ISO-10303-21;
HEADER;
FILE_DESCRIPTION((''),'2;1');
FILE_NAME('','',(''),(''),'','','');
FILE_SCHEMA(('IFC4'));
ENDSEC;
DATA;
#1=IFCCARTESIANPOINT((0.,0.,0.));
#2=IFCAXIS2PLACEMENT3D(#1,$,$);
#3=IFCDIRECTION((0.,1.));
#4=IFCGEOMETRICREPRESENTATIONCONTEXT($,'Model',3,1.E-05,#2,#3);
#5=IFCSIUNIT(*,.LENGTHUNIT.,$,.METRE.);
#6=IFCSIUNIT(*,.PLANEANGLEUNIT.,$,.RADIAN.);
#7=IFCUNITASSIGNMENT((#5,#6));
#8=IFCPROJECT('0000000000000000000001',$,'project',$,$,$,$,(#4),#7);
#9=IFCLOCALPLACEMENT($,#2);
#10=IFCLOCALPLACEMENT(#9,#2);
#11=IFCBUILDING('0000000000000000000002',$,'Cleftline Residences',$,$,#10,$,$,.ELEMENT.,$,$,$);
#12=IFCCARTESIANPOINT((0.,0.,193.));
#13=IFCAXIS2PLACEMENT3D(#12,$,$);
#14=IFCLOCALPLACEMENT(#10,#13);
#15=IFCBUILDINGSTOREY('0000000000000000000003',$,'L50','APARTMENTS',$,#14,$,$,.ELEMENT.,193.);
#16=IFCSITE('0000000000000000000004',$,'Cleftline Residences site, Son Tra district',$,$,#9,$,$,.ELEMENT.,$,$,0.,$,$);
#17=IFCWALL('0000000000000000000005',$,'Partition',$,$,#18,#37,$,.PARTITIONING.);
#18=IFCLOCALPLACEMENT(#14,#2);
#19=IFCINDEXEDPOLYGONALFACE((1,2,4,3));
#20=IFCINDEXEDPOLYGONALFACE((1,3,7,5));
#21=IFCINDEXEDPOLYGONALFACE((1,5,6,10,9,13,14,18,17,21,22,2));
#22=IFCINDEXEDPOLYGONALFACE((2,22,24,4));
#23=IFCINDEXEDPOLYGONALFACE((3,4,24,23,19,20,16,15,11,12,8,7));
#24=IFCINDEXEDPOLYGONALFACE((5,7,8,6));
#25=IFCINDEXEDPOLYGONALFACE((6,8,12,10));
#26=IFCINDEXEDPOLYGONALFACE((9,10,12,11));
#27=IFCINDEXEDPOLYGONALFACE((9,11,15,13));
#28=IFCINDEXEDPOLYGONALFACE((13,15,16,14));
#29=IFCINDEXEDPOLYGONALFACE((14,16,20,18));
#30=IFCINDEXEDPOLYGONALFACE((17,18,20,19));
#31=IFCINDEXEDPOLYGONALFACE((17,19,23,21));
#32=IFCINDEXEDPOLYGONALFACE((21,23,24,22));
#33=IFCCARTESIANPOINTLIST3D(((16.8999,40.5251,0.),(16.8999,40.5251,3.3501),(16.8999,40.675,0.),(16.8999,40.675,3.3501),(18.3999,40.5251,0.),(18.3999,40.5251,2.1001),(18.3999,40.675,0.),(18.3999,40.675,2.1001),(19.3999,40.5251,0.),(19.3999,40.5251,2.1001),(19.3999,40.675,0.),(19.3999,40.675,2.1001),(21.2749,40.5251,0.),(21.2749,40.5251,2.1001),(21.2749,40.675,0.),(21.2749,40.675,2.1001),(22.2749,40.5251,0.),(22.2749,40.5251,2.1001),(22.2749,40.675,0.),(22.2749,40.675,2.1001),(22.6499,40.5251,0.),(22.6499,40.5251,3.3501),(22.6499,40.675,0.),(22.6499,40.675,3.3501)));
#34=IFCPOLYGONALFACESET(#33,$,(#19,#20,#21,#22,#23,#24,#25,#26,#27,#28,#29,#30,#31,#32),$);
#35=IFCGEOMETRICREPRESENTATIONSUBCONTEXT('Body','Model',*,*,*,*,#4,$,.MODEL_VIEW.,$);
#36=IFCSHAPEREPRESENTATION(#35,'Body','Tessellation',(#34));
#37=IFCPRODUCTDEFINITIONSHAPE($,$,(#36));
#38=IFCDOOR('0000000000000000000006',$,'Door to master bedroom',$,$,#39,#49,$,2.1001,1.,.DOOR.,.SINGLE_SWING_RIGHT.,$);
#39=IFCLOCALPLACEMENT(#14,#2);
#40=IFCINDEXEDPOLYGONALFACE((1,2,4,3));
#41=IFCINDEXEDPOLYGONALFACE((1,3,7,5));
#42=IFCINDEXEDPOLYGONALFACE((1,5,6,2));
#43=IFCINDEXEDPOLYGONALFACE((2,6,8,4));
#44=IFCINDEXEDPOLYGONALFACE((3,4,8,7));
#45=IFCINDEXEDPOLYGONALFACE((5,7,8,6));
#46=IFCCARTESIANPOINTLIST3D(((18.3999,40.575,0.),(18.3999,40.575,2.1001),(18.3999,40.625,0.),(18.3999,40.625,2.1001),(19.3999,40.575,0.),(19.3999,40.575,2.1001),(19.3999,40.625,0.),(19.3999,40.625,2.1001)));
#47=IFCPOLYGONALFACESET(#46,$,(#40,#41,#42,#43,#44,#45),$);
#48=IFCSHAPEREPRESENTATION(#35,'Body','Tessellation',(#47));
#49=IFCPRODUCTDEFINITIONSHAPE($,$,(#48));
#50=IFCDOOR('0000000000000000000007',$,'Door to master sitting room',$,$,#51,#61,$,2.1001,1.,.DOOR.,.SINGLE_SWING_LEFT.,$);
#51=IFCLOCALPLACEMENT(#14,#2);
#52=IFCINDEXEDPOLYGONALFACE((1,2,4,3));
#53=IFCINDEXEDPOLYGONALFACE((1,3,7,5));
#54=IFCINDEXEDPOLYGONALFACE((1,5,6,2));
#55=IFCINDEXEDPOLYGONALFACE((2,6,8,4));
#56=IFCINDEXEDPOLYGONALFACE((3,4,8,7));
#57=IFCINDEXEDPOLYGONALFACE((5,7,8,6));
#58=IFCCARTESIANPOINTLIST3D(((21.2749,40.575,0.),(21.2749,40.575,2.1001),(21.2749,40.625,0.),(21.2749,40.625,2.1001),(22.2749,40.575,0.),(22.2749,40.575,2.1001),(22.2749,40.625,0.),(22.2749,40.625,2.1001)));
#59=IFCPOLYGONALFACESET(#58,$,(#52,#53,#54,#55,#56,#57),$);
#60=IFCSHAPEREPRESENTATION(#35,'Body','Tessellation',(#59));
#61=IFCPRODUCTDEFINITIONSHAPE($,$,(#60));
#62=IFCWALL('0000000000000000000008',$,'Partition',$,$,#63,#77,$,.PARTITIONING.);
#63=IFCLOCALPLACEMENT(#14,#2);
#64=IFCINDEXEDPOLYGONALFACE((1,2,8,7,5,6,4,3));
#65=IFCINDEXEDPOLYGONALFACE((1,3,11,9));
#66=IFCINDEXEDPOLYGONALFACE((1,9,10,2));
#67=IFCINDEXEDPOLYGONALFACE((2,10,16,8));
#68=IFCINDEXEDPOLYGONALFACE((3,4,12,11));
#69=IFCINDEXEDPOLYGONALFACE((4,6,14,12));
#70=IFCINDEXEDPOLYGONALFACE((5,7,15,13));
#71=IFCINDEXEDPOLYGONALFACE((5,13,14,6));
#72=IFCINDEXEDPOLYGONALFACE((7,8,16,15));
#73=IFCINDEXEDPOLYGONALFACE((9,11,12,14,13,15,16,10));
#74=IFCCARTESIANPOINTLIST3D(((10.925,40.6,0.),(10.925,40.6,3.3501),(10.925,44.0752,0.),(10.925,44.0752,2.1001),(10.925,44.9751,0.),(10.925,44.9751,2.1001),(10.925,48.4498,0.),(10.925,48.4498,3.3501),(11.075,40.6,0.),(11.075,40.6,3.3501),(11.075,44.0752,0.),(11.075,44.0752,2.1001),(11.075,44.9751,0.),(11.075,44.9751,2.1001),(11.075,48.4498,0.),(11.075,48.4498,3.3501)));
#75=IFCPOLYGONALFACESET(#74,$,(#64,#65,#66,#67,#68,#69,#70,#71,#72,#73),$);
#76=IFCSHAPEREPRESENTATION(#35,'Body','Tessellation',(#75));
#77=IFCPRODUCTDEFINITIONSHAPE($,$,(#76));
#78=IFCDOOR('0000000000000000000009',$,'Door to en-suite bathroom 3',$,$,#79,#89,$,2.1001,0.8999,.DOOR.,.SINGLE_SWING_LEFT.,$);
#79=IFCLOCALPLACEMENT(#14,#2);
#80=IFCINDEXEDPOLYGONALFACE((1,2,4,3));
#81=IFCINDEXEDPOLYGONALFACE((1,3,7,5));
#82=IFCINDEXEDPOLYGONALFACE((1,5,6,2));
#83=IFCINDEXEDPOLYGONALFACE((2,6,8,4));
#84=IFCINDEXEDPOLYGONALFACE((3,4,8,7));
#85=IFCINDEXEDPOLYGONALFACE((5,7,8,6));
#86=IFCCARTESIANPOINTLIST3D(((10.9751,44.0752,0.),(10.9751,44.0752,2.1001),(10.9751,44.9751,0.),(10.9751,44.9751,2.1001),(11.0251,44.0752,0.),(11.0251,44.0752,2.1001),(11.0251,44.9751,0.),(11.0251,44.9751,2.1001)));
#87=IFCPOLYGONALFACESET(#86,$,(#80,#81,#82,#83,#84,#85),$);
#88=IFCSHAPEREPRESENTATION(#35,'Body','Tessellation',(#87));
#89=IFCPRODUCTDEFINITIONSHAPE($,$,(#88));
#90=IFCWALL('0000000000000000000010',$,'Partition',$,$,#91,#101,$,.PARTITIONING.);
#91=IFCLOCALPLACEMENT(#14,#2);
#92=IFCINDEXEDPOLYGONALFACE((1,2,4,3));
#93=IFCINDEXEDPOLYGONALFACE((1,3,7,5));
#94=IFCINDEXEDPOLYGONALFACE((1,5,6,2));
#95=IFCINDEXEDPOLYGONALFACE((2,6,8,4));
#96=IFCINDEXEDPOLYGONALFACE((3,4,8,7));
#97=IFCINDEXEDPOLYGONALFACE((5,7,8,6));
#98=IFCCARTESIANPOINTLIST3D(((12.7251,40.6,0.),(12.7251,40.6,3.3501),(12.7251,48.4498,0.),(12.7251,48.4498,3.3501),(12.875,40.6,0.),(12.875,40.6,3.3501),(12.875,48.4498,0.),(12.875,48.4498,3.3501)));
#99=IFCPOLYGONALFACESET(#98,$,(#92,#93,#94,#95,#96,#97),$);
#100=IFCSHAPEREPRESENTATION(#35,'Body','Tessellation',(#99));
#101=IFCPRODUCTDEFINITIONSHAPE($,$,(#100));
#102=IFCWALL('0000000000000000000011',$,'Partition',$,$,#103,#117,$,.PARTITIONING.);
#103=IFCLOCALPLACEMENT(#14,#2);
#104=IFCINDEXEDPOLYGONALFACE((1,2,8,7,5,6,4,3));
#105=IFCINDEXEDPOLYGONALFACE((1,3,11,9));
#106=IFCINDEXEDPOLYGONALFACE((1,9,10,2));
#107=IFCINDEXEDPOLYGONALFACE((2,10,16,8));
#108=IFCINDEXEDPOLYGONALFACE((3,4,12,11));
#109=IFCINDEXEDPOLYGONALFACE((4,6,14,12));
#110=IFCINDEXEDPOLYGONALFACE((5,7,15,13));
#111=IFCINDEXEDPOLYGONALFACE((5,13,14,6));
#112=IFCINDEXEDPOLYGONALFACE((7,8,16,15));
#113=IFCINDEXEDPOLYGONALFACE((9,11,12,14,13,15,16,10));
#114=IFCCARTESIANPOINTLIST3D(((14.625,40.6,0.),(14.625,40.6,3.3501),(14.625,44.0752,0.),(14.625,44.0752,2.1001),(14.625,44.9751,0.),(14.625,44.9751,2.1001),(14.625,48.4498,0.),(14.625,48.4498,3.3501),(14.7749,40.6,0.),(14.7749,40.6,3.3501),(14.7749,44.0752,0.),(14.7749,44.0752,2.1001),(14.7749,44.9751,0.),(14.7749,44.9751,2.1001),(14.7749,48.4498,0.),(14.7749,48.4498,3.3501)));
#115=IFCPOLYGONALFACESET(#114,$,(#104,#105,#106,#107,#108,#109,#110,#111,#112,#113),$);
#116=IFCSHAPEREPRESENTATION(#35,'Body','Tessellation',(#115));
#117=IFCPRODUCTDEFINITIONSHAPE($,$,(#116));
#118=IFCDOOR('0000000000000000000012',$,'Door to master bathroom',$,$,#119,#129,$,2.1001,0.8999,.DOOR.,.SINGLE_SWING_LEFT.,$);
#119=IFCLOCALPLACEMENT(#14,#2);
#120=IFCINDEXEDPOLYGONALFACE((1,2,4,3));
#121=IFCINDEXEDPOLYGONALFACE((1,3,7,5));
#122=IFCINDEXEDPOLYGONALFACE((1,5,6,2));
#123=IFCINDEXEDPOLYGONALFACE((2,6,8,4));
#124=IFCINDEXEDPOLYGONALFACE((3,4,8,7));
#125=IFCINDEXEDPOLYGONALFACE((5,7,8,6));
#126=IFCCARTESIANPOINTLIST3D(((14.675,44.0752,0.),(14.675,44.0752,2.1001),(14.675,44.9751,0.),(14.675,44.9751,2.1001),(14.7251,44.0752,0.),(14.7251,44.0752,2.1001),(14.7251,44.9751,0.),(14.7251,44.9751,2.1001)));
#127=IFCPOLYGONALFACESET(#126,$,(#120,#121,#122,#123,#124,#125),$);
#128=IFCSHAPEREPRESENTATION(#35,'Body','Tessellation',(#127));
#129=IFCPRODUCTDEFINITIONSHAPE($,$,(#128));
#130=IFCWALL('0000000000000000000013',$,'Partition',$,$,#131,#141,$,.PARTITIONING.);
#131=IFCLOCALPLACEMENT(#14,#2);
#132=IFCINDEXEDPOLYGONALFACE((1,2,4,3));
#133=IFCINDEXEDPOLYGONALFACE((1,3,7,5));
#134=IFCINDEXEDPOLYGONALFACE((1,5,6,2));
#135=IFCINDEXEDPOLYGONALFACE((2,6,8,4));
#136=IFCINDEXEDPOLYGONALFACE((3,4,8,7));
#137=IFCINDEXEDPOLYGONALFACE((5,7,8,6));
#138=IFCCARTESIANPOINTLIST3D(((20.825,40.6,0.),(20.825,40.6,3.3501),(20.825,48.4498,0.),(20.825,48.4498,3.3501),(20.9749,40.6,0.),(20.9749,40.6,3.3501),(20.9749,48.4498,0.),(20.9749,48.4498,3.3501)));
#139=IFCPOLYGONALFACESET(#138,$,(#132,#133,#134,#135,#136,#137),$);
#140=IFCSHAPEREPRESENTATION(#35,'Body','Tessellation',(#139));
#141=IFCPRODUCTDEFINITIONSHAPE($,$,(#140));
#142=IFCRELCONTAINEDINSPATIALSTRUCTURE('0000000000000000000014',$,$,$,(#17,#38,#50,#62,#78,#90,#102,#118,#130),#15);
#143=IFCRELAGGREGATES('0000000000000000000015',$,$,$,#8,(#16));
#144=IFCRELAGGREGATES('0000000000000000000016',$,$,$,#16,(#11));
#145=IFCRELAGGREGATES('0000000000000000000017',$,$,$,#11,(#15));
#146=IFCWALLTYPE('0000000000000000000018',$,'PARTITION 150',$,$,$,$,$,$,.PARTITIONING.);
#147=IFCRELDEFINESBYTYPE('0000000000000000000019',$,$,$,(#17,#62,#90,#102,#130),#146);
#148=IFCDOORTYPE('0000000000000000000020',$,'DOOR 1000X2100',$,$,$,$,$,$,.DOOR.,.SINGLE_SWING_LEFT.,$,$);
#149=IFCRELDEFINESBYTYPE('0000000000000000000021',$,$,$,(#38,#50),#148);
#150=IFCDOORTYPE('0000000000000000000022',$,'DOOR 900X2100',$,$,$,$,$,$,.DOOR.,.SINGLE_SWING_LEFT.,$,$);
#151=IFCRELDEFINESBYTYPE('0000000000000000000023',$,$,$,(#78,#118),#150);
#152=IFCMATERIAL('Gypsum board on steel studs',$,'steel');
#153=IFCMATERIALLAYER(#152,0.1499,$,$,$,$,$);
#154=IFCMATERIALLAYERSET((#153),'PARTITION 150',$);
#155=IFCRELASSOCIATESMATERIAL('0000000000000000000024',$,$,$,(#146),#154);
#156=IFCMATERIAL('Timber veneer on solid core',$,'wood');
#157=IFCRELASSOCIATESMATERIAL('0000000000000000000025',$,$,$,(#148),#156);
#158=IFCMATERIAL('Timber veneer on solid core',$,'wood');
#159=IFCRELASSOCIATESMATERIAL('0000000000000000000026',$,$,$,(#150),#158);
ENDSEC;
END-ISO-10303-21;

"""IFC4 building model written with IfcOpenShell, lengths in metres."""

from ifc_helpers import new_model, si_unit, direction, frame, frame_2d, origin, place, context, subcontext, project, spatial, rectangle, extrude, material, layer, layer_set, type_object, element, fill, save


model = new_model("IFC4")

# Units and contexts
model_context = context("Model", 3, precision=1e-05, world=origin(), true_north=direction((0.0, 1.0)))
body_context = subcontext(model_context, "Body", "Model", "MODEL_VIEW")
ifc_project = project(units=[si_unit("LENGTHUNIT", "METRE"), si_unit("PLANEANGLEUNIT", "RADIAN")], contexts=[model_context])

# Site, building, storey
site_placement = place(None, origin())
site = spatial("IfcSite", under=ifc_project, at=site_placement, Name="Cleftline Residences site, Son Tra district", CompositionType="ELEMENT", RefElevation=0.0)
building_placement = place(site_placement, origin())
building = spatial("IfcBuilding", under=site, at=building_placement, Name="Cleftline Residences", CompositionType="ELEMENT")
storey_placement = place(building_placement, frame((0.0, 0.0, 193.0)))
storey = spatial("IfcBuildingStorey", under=building, at=storey_placement, Name="L50", Description="APARTMENTS", CompositionType="ELEMENT", Elevation=193.0)

# Shared definitions
ifc_material_1 = material(Name="Gypsum board on steel studs", Category="steel")
ifc_layer = layer(ifc_material_1, 0.1499)
ifc_layer_set = layer_set([ifc_layer], Name="PARTITION 150")
wall_type = type_object("IfcWallType", Name="PARTITION 150", PredefinedType="PARTITIONING", material=ifc_layer_set)
ifc_material_2 = material(Name="Timber veneer on solid core", Category="wood")
door_type_1 = type_object("IfcDoorType", Name="DOOR 1000X2100", OperationType="SINGLE_SWING_LEFT", PredefinedType="DOOR", material=ifc_material_2)

# Wall, openings, doors
wall_1_placement = place(storey_placement, frame((16.8999, 40.6001, 0.0), z_axis=(0.0, 0.0, 1.0), x_axis=(1.0, 0.0, 0.0)))
wall_1 = element("IfcWall", 1, at=wall_1_placement, inside=storey, type_object=wall_type, Name="Partition", PredefinedType="PARTITIONING", context=body_context, shape_type="SweptSolid", body=[
    extrude(rectangle(XDim=5.75, YDim=0.1499, at=frame_2d((2.875, 0.0))), origin(), (0.0, 0.0, 1.0), 3.3501),
])
opening_1_placement = place(wall_1_placement, frame((1.5, 0.0, 0.0)))
opening_1 = element("IfcOpeningElement", 2, at=opening_1_placement, cuts=wall_1, PredefinedType="OPENING", context=body_context, shape_type="SweptSolid", body=[
    extrude(rectangle(XDim=1.0, YDim=2.1001, at=frame_2d((0.5, 1.05))), frame((0.0, 0.085, 0.0), z_axis=(0.0, -1.0, 0.0), x_axis=(1.0, 0.0, 0.0)), (0.0, 0.0, 1.0), 0.1699),
])
opening_2_placement = place(wall_1_placement, frame((4.375, 0.0, 0.0)))
opening_2 = element("IfcOpeningElement", 3, at=opening_2_placement, cuts=wall_1, PredefinedType="OPENING", context=body_context, shape_type="SweptSolid", body=[
    extrude(rectangle(XDim=1.0, YDim=2.1001, at=frame_2d((0.5, 1.05))), frame((0.0, 0.085, 0.0), z_axis=(0.0, -1.0, 0.0), x_axis=(1.0, 0.0, 0.0)), (0.0, 0.0, 1.0), 0.1699),
])
door_1_placement = place(opening_1_placement, origin())
door_1 = element("IfcDoor", 4, at=door_1_placement, inside=storey, type_object=door_type_1, Name="Door to master bedroom", OperationType="SINGLE_SWING_RIGHT", OverallHeight=2.1001, OverallWidth=1.0, PredefinedType="DOOR", context=body_context, shape_type="SweptSolid", body=[
    extrude(rectangle(XDim=1.0, YDim=2.1001, at=frame_2d((0.5, 1.05))), frame((0.0, 0.0249, 0.0), z_axis=(0.0, -1.0, 0.0), x_axis=(1.0, 0.0, 0.0)), (0.0, 0.0, 1.0), 0.05),
])
fill(opening_1, door_1)
door_2_placement = place(opening_2_placement, origin())
door_2 = element("IfcDoor", 5, at=door_2_placement, inside=storey, type_object=door_type_1, Name="Door to master sitting room", OperationType="SINGLE_SWING_LEFT", OverallHeight=2.1001, OverallWidth=1.0, PredefinedType="DOOR", context=body_context, shape_type="SweptSolid", body=[
    extrude(rectangle(XDim=1.0, YDim=2.1001, at=frame_2d((0.5, 1.05))), frame((0.0, 0.0249, 0.0), z_axis=(0.0, -1.0, 0.0), x_axis=(1.0, 0.0, 0.0)), (0.0, 0.0, 1.0), 0.05),
])
fill(opening_2, door_2)

# Wall, opening, door
wall_2_placement = place(storey_placement, frame((11.0, 40.6001, 0.0), z_axis=(0.0, 0.0, 1.0), x_axis=(0.0, 1.0, 0.0)))
wall_2 = element("IfcWall", 6, at=wall_2_placement, inside=storey, type_object=wall_type, Name="Partition", PredefinedType="PARTITIONING", context=body_context, shape_type="SweptSolid", body=[
    extrude(rectangle(XDim=7.8499, YDim=0.1499, at=frame_2d((3.9248, 0.0))), origin(), (0.0, 0.0, 1.0), 3.3501),
])
opening_3_placement = place(wall_2_placement, frame((3.4751, 0.0, 0.0)))
opening_3 = element("IfcOpeningElement", 7, at=opening_3_placement, cuts=wall_2, PredefinedType="OPENING", context=body_context, shape_type="SweptSolid", body=[
    extrude(rectangle(XDim=0.8999, YDim=2.1001, at=frame_2d((0.45, 1.05))), frame((0.0, 0.085, 0.0), z_axis=(0.0, -1.0, 0.0), x_axis=(1.0, 0.0, 0.0)), (0.0, 0.0, 1.0), 0.1699),
])
ifc_material_3 = material(Name="Timber veneer on solid core", Category="wood")
door_type_2 = type_object("IfcDoorType", Name="DOOR 900X2100", OperationType="SINGLE_SWING_LEFT", PredefinedType="DOOR", material=ifc_material_3)
door_3_placement = place(opening_3_placement, origin())
door_3 = element("IfcDoor", 8, at=door_3_placement, inside=storey, type_object=door_type_2, Name="Door to en-suite bathroom 3", OperationType="SINGLE_SWING_LEFT", OverallHeight=2.1001, OverallWidth=0.8999, PredefinedType="DOOR", context=body_context, shape_type="SweptSolid", body=[
    extrude(rectangle(XDim=0.8999, YDim=2.1001, at=frame_2d((0.45, 1.05))), frame((0.0, 0.0249, 0.0), z_axis=(0.0, -1.0, 0.0), x_axis=(1.0, 0.0, 0.0)), (0.0, 0.0, 1.0), 0.05),
])
fill(opening_3, door_3)

# Wall
wall_3_placement = place(storey_placement, frame((12.8, 40.6001, 0.0), z_axis=(0.0, 0.0, 1.0), x_axis=(0.0, 1.0, 0.0)))
element("IfcWall", 9, at=wall_3_placement, inside=storey, type_object=wall_type, Name="Partition", PredefinedType="PARTITIONING", context=body_context, shape_type="SweptSolid", body=[
    extrude(rectangle(XDim=7.8499, YDim=0.1499, at=frame_2d((3.9248, 0.0))), origin(), (0.0, 0.0, 1.0), 3.3501),
])

# Wall, opening, door
wall_4_placement = place(storey_placement, frame((14.7, 40.6001, 0.0), z_axis=(0.0, 0.0, 1.0), x_axis=(0.0, 1.0, 0.0)))
wall_4 = element("IfcWall", 10, at=wall_4_placement, inside=storey, type_object=wall_type, Name="Partition", PredefinedType="PARTITIONING", context=body_context, shape_type="SweptSolid", body=[
    extrude(rectangle(XDim=7.8499, YDim=0.1499, at=frame_2d((3.9248, 0.0))), origin(), (0.0, 0.0, 1.0), 3.3501),
])
opening_4_placement = place(wall_4_placement, frame((3.4751, 0.0, 0.0)))
opening_4 = element("IfcOpeningElement", 11, at=opening_4_placement, cuts=wall_4, PredefinedType="OPENING", context=body_context, shape_type="SweptSolid", body=[
    extrude(rectangle(XDim=0.8999, YDim=2.1001, at=frame_2d((0.45, 1.05))), frame((0.0, 0.085, 0.0), z_axis=(0.0, -1.0, 0.0), x_axis=(1.0, 0.0, 0.0)), (0.0, 0.0, 1.0), 0.1699),
])
door_4_placement = place(opening_4_placement, origin())
door_4 = element("IfcDoor", 12, at=door_4_placement, inside=storey, type_object=door_type_2, Name="Door to master bathroom", OperationType="SINGLE_SWING_LEFT", OverallHeight=2.1001, OverallWidth=0.8999, PredefinedType="DOOR", context=body_context, shape_type="SweptSolid", body=[
    extrude(rectangle(XDim=0.8999, YDim=2.1001, at=frame_2d((0.45, 1.05))), frame((0.0, 0.0249, 0.0), z_axis=(0.0, -1.0, 0.0), x_axis=(1.0, 0.0, 0.0)), (0.0, 0.0, 1.0), 0.05),
])
fill(opening_4, door_4)

# Wall
wall_5_placement = place(storey_placement, frame((20.8999, 40.6001, 0.0), z_axis=(0.0, 0.0, 1.0), x_axis=(0.0, 1.0, 0.0)))
element("IfcWall", 13, at=wall_5_placement, inside=storey, type_object=wall_type, Name="Partition", PredefinedType="PARTITIONING", context=body_context, shape_type="SweptSolid", body=[
    extrude(rectangle(XDim=7.8499, YDim=0.1499, at=frame_2d((3.9248, 0.0))), origin(), (0.0, 0.0, 1.0), 3.3501),
])

save(model, "model.ifc")
